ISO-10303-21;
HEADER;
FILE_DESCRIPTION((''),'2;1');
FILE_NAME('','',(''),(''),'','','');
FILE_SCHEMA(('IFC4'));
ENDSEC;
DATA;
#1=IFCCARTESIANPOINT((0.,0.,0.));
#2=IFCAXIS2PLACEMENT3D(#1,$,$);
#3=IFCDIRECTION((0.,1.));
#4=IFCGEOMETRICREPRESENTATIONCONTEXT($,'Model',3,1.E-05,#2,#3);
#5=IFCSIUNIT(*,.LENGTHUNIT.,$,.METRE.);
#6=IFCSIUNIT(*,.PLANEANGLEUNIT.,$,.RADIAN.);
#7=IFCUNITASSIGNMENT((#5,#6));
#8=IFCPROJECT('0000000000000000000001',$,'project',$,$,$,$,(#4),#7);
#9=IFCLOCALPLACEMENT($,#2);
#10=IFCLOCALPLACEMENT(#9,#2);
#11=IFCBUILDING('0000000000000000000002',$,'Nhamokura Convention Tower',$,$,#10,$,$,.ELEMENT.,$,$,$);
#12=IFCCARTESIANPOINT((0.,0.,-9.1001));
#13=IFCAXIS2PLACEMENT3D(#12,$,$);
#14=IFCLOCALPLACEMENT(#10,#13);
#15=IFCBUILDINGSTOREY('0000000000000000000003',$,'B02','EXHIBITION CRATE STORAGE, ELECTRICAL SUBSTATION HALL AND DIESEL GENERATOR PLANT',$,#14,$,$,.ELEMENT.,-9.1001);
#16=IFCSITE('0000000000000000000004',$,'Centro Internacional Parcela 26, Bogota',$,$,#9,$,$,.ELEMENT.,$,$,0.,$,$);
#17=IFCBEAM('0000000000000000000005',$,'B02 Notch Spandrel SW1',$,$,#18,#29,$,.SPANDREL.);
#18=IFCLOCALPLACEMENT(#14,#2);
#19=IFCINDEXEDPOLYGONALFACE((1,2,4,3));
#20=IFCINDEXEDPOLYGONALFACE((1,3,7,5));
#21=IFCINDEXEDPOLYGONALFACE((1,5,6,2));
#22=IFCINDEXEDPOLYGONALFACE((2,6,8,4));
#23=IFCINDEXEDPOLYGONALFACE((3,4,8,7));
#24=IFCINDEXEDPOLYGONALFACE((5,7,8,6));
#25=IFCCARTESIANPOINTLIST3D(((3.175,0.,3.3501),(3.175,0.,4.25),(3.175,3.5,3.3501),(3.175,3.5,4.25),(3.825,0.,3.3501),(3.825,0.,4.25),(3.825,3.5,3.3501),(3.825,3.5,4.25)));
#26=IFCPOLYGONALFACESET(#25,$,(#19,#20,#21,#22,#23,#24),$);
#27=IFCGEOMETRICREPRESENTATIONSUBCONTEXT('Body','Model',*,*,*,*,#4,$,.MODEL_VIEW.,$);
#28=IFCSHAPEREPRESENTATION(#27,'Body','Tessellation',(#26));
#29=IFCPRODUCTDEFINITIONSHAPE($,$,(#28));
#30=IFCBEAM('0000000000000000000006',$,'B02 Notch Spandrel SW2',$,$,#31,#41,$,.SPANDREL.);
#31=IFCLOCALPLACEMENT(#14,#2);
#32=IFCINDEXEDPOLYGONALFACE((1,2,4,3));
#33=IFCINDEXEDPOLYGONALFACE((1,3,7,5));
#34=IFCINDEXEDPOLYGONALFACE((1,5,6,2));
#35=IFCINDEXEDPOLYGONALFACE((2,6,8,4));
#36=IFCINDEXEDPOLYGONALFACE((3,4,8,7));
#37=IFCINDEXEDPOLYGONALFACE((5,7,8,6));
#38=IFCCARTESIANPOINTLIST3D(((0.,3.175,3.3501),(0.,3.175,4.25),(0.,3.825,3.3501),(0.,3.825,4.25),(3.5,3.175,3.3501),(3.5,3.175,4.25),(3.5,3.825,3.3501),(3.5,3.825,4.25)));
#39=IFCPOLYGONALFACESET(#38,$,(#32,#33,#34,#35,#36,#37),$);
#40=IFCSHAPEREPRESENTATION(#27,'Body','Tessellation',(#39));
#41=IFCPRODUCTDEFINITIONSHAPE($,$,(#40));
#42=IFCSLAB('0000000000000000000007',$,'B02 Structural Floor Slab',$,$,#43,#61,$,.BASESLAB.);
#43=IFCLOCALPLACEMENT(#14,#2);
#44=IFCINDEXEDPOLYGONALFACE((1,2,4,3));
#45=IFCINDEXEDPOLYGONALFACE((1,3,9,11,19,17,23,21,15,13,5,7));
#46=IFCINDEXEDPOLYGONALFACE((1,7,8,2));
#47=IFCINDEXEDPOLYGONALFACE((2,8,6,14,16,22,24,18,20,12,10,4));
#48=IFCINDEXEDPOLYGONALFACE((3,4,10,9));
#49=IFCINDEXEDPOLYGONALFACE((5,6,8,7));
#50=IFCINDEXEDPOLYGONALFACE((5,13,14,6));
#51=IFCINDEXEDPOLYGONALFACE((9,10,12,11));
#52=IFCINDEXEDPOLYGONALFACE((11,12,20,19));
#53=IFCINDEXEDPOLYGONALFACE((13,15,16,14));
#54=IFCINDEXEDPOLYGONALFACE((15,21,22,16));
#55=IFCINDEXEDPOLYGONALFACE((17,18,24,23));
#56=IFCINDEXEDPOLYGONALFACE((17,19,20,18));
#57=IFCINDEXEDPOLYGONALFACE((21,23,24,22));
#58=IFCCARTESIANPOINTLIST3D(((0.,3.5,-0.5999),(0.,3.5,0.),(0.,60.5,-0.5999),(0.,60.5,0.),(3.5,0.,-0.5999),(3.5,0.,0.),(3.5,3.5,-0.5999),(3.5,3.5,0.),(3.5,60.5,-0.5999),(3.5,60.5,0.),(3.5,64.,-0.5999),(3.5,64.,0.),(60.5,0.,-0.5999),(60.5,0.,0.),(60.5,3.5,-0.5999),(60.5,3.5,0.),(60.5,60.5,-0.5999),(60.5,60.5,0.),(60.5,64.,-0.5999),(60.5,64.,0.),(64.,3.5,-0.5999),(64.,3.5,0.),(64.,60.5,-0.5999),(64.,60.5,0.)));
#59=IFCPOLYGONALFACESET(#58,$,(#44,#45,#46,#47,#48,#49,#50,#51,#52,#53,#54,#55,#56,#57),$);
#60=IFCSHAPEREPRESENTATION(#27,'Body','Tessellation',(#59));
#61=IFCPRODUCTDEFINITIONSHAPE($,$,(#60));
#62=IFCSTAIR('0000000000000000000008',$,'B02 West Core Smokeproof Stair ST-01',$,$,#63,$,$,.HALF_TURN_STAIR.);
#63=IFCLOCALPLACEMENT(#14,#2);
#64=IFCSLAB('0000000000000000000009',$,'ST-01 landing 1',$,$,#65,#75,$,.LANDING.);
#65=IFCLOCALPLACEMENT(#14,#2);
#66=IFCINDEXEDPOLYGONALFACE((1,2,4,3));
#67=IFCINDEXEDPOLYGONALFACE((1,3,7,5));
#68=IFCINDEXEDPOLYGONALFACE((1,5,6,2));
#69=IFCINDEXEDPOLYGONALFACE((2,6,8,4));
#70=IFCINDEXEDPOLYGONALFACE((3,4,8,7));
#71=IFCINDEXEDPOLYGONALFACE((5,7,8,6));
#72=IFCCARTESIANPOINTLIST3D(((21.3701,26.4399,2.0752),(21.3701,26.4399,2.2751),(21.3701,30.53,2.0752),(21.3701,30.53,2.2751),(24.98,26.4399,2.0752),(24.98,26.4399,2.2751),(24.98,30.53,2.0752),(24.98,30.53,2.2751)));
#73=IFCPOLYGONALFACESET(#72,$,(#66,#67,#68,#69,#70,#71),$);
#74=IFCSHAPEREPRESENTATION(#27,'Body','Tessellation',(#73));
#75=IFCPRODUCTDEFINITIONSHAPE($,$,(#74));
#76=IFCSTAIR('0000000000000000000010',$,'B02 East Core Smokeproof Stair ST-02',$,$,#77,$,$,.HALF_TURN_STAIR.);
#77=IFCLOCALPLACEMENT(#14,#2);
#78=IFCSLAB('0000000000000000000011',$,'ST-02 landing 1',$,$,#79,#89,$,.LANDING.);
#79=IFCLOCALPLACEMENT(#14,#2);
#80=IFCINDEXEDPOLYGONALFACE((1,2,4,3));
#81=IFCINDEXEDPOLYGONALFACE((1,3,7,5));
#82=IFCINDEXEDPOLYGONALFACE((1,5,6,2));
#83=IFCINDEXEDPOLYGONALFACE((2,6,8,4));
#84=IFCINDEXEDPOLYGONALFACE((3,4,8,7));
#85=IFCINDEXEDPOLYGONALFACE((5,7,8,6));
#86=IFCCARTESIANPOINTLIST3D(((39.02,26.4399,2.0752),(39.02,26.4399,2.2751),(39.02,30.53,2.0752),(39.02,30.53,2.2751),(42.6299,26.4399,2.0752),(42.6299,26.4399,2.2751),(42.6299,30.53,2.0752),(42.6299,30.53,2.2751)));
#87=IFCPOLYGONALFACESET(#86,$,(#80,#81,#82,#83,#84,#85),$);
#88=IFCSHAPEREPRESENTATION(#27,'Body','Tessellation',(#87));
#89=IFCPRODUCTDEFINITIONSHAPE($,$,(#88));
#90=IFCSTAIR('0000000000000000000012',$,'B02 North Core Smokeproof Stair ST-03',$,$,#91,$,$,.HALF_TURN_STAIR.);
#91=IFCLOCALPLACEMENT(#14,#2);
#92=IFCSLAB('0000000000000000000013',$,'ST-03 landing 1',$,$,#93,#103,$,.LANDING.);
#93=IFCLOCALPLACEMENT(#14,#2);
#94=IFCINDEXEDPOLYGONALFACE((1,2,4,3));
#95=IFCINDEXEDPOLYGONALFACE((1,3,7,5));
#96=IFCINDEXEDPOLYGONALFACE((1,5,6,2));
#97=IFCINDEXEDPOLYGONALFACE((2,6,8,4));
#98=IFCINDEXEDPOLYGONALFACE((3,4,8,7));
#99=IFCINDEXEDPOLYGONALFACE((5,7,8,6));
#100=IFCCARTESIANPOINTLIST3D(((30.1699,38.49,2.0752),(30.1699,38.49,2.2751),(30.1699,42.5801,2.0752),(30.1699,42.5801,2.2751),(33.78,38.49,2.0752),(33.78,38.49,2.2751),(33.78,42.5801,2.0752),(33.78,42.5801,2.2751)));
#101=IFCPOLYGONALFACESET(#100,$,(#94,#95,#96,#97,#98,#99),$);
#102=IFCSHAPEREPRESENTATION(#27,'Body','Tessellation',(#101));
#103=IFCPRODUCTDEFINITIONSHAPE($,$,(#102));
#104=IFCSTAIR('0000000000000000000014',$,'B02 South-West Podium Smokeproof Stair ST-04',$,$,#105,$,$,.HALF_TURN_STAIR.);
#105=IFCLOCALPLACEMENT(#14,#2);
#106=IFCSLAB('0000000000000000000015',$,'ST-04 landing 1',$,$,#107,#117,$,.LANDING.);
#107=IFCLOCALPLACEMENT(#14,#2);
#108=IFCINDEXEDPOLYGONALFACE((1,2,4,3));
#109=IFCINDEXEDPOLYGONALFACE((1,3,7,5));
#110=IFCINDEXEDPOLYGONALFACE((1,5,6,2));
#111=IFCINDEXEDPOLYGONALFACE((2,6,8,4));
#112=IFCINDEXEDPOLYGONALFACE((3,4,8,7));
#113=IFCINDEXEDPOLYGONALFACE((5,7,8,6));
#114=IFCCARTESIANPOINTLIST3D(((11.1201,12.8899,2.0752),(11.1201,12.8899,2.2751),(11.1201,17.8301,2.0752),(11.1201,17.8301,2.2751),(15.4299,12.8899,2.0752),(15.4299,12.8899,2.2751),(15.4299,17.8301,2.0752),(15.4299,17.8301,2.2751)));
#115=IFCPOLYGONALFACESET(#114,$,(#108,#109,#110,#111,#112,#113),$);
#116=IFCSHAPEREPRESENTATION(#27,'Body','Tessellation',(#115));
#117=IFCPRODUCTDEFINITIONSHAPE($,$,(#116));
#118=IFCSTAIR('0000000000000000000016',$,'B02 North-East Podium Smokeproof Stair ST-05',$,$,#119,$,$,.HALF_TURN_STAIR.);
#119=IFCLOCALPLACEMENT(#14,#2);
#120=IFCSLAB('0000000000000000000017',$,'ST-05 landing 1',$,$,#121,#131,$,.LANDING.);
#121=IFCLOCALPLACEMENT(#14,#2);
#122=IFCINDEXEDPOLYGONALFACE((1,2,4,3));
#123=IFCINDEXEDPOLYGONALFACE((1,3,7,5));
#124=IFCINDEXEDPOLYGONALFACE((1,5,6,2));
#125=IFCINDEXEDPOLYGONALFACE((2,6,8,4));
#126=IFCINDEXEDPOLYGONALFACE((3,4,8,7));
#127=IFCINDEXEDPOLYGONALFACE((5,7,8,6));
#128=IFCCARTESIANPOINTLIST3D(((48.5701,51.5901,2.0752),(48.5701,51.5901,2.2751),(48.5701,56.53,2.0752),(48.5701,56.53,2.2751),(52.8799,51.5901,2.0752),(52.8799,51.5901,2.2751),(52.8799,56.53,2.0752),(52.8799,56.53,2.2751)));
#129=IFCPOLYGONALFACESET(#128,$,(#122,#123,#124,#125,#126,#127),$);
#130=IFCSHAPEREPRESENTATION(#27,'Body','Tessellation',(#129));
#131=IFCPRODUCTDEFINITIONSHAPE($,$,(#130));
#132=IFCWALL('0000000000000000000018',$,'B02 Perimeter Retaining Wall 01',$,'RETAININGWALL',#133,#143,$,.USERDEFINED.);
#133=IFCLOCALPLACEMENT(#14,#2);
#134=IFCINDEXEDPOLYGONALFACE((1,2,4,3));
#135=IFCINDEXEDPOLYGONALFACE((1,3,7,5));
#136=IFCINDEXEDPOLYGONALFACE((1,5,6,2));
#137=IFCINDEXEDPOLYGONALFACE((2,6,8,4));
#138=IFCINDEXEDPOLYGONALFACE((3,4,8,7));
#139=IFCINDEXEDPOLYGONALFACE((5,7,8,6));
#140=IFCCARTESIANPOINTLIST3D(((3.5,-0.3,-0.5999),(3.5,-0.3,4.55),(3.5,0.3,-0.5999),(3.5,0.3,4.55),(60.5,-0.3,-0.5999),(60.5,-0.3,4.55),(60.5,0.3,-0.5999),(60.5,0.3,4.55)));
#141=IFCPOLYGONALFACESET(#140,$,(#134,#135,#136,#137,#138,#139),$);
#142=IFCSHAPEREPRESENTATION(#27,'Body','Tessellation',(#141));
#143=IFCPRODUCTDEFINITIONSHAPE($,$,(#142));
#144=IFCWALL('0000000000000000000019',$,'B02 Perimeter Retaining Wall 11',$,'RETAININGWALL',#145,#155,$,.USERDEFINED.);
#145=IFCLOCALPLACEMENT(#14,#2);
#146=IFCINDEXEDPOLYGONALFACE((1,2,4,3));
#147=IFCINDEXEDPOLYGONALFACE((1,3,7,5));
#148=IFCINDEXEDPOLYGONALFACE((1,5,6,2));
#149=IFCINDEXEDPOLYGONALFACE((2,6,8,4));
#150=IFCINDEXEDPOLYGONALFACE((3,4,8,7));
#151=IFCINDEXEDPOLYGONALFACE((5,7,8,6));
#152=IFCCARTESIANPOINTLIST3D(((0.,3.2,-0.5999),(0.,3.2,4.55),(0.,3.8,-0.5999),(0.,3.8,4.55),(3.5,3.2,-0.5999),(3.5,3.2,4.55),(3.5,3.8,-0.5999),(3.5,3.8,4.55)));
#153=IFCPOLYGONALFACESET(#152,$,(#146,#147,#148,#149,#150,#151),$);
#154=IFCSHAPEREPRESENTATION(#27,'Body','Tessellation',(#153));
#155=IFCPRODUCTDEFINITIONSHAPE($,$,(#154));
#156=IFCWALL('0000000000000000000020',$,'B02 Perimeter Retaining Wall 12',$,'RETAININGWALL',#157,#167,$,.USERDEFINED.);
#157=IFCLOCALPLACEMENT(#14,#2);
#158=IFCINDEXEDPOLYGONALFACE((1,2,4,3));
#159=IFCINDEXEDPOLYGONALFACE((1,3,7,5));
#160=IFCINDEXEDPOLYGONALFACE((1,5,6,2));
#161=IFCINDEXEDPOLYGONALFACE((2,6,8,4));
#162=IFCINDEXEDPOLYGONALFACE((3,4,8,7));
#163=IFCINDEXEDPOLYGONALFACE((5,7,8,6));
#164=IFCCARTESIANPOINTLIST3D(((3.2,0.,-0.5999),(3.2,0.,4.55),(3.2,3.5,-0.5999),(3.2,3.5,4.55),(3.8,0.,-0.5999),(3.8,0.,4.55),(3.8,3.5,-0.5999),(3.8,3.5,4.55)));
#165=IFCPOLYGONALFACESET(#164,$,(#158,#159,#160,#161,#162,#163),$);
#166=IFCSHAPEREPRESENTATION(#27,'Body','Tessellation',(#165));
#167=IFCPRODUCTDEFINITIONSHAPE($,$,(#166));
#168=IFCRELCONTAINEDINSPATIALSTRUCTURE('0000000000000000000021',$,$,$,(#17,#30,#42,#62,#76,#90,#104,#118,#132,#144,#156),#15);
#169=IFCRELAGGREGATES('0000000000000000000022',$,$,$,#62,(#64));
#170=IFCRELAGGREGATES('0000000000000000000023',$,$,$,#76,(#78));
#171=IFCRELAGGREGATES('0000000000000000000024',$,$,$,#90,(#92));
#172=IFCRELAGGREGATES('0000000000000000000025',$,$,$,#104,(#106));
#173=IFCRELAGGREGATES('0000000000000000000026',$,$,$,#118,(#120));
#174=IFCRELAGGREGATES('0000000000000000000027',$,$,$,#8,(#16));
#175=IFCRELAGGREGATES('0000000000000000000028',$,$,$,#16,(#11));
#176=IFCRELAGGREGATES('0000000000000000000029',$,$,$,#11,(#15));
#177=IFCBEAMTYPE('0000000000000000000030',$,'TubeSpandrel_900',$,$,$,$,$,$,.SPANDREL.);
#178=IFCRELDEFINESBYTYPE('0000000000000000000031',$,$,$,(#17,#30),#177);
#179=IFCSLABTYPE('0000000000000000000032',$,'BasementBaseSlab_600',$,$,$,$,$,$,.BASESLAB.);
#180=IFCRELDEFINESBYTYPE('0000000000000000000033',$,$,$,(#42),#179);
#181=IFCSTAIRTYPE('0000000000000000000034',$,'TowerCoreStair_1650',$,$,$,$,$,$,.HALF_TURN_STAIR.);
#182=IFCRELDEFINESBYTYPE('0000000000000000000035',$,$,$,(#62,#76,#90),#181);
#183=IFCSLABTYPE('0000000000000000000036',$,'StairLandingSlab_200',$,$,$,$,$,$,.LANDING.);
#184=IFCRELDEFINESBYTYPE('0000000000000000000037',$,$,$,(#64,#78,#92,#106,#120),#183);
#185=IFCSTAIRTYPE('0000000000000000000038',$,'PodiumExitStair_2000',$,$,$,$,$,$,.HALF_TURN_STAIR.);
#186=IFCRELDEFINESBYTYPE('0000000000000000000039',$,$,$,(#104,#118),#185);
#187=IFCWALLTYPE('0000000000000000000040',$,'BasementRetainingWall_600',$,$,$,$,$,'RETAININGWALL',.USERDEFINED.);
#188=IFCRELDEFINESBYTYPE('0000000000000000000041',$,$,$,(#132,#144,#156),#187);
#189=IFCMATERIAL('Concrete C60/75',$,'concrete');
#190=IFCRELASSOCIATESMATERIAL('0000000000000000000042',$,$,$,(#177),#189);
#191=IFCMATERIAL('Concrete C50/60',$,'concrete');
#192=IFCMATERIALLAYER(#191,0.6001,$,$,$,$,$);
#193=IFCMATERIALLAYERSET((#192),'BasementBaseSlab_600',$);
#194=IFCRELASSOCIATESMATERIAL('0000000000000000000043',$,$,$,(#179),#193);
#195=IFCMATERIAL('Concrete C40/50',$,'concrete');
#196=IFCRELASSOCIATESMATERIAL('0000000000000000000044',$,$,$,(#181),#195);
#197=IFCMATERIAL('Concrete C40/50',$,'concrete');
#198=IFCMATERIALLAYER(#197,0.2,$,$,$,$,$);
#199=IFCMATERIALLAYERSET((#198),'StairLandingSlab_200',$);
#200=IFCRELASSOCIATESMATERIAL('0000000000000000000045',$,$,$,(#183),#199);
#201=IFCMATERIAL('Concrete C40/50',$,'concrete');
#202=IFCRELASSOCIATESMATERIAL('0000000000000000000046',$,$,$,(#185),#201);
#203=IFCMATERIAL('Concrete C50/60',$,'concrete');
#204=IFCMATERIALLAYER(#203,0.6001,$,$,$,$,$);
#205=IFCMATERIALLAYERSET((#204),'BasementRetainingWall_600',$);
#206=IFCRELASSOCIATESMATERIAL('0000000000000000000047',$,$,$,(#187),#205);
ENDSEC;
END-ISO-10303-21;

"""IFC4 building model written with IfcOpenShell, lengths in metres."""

from ifc_helpers import new_model, si_unit, direction, frame, frame_2d, origin, origin_2d, place, context, subcontext, project, spatial, polyline, rectangle, outline, extrude, material, layer, layer_set, material_profile, profile_set, type_object, element, aggregate, save


model = new_model("IFC4")

# Units and contexts
model_context = context("Model", 3, precision=1e-05, world=origin(), true_north=direction((0.0, 1.0)))
body_context = subcontext(model_context, "Body", "Model", "MODEL_VIEW")
ifc_project = project(units=[si_unit("LENGTHUNIT", "METRE"), si_unit("PLANEANGLEUNIT", "RADIAN")], contexts=[model_context])

# Site, building, storey
site_placement = place(None, origin())
site = spatial("IfcSite", under=ifc_project, at=site_placement, Name="Centro Internacional Parcela 26, Bogota", CompositionType="ELEMENT", RefElevation=0.0)
building_placement = place(site_placement, origin())
building = spatial("IfcBuilding", under=site, at=building_placement, Name="Nhamokura Convention Tower", CompositionType="ELEMENT")
storey_placement = place(building_placement, frame((0.0, 0.0, -9.1001)))
storey = spatial("IfcBuildingStorey", under=building, at=storey_placement, Name="B02", Description="EXHIBITION CRATE STORAGE, ELECTRICAL SUBSTATION HALL AND DIESEL GENERATOR PLANT", CompositionType="ELEMENT", Elevation=-9.1001)

# Beams
ifc_material_1 = material(Name="Concrete C60/75", Category="concrete")
ifc_material_profile_1 = material_profile(ifc_material_1, rectangle(XDim=0.6499, YDim=0.8999, at=origin_2d()))
ifc_profile_set_1 = profile_set([ifc_material_profile_1], Name="Concrete C60/75")
beam_type = type_object("IfcBeamType", Name="TubeSpandrel_900", PredefinedType="SPANDREL", material=ifc_profile_set_1)
for number, where, z_axis, x_axis, name in (
    (1, (3.5, 0.0, 3.8), (0.0, 1.0, 0.0), (-1.0, 0.0, 0.0), "B02 Notch Spandrel SW1"),
    (2, (3.5, 3.5, 3.8), (-1.0, 0.0, 0.0), (0.0, -1.0, 0.0), "B02 Notch Spandrel SW2"),
):
    element("IfcBeam", number, at=place(storey_placement, frame(where, z_axis=z_axis, x_axis=x_axis)), inside=storey, type_object=beam_type, Name=name, PredefinedType="SPANDREL", context=body_context, shape_type="SweptSolid", body=[
        extrude(rectangle(XDim=0.6499, YDim=0.8999, at=origin_2d()), origin(), (0.0, 0.0, 1.0), 3.5),
    ])

# Slab
ifc_material_2 = material(Name="Concrete C50/60", Category="concrete")
ifc_layer_1 = layer(ifc_material_2, 0.6001)
ifc_layer_set_1 = layer_set([ifc_layer_1], Name="BasementBaseSlab_600")
slab_type_1 = type_object("IfcSlabType", Name="BasementBaseSlab_600", PredefinedType="BASESLAB", material=ifc_layer_set_1)
slab_1_placement = place(storey_placement, frame((0.0, 0.0, -0.5999)))
element("IfcSlab", 3, at=slab_1_placement, inside=storey, type_object=slab_type_1, Name="B02 Structural Floor Slab", PredefinedType="BASESLAB", context=body_context, shape_type="SweptSolid", body=[
    extrude(outline(polyline([(3.5, 0.0), (60.5, 0.0), (60.5, 3.5), (64.0, 3.5), (64.0, 60.5), (60.5, 60.5), (60.5, 64.0), (3.5, 64.0), (3.5, 60.5), (0.0, 60.5), (0.0, 3.5), (3.5, 3.5), (3.5, 0.0)])), origin(), (0.0, 0.0, 1.0), 0.5999),
])

# Stairs, slabs
ifc_material_3 = material(Name="Concrete C40/50", Category="concrete")
stair_type_1 = type_object("IfcStairType", Name="TowerCoreStair_1650", PredefinedType="HALF_TURN_STAIR", material=ifc_material_3)
stair_1_placement = place(storey_placement, origin())
stair_1 = element("IfcStair", 4, at=stair_1_placement, inside=storey, type_object=stair_type_1, Name="B02 West Core Smokeproof Stair ST-01", PredefinedType="HALF_TURN_STAIR")
ifc_material_4 = material(Name="Concrete C40/50", Category="concrete")
ifc_layer_2 = layer(ifc_material_4, 0.2)
ifc_layer_set_2 = layer_set([ifc_layer_2], Name="StairLandingSlab_200")
slab_type_2 = type_object("IfcSlabType", Name="StairLandingSlab_200", PredefinedType="LANDING", material=ifc_layer_set_2)
slab_2_placement = place(storey_placement, frame((0.0, 0.0, 2.0752)))
slab_2 = element("IfcSlab", 5, at=slab_2_placement, type_object=slab_type_2, Name="ST-01 landing 1", PredefinedType="LANDING", context=body_context, shape_type="SweptSolid", body=[
    extrude(outline(polyline([(24.98, 26.4399), (24.98, 30.53), (21.3701, 30.53), (21.3701, 26.4399), (24.98, 26.4399)])), origin(), (0.0, 0.0, 1.0), 0.2),
])
aggregate(stair_1, [slab_2])
stair_2_placement = place(storey_placement, origin())
stair_2 = element("IfcStair", 6, at=stair_2_placement, inside=storey, type_object=stair_type_1, Name="B02 East Core Smokeproof Stair ST-02", PredefinedType="HALF_TURN_STAIR")
slab_3_placement = place(storey_placement, frame((0.0, 0.0, 2.0752)))
slab_3 = element("IfcSlab", 7, at=slab_3_placement, type_object=slab_type_2, Name="ST-02 landing 1", PredefinedType="LANDING", context=body_context, shape_type="SweptSolid", body=[
    extrude(outline(polyline([(42.6299, 26.4399), (42.6299, 30.53), (39.02, 30.53), (39.02, 26.4399), (42.6299, 26.4399)])), origin(), (0.0, 0.0, 1.0), 0.2),
])
aggregate(stair_2, [slab_3])
stair_3_placement = place(storey_placement, origin())
stair_3 = element("IfcStair", 8, at=stair_3_placement, inside=storey, type_object=stair_type_1, Name="B02 North Core Smokeproof Stair ST-03", PredefinedType="HALF_TURN_STAIR")
slab_4_placement = place(storey_placement, frame((0.0, 0.0, 2.0752)))
slab_4 = element("IfcSlab", 9, at=slab_4_placement, type_object=slab_type_2, Name="ST-03 landing 1", PredefinedType="LANDING", context=body_context, shape_type="SweptSolid", body=[
    extrude(outline(polyline([(33.78, 38.49), (33.78, 42.5801), (30.1699, 42.5801), (30.1699, 38.49), (33.78, 38.49)])), origin(), (0.0, 0.0, 1.0), 0.2),
])
aggregate(stair_3, [slab_4])
ifc_material_5 = material(Name="Concrete C40/50", Category="concrete")
stair_type_2 = type_object("IfcStairType", Name="PodiumExitStair_2000", PredefinedType="HALF_TURN_STAIR", material=ifc_material_5)
stair_4_placement = place(storey_placement, origin())
stair_4 = element("IfcStair", 10, at=stair_4_placement, inside=storey, type_object=stair_type_2, Name="B02 South-West Podium Smokeproof Stair ST-04", PredefinedType="HALF_TURN_STAIR")
slab_5_placement = place(storey_placement, frame((0.0, 0.0, 2.0752)))
slab_5 = element("IfcSlab", 11, at=slab_5_placement, type_object=slab_type_2, Name="ST-04 landing 1", PredefinedType="LANDING", context=body_context, shape_type="SweptSolid", body=[
    extrude(outline(polyline([(15.4299, 12.8899), (15.4299, 17.8301), (11.1201, 17.8301), (11.1201, 12.8899), (15.4299, 12.8899)])), origin(), (0.0, 0.0, 1.0), 0.2),
])
aggregate(stair_4, [slab_5])
stair_5_placement = place(storey_placement, origin())
stair_5 = element("IfcStair", 12, at=stair_5_placement, inside=storey, type_object=stair_type_2, Name="B02 North-East Podium Smokeproof Stair ST-05", PredefinedType="HALF_TURN_STAIR")
slab_6_placement = place(storey_placement, frame((0.0, 0.0, 2.0752)))
slab_6 = element("IfcSlab", 13, at=slab_6_placement, type_object=slab_type_2, Name="ST-05 landing 1", PredefinedType="LANDING", context=body_context, shape_type="SweptSolid", body=[
    extrude(outline(polyline([(52.8799, 51.5901), (52.8799, 56.53), (48.5701, 56.53), (48.5701, 51.5901), (52.8799, 51.5901)])), origin(), (0.0, 0.0, 1.0), 0.2),
])
aggregate(stair_5, [slab_6])

# Walls
ifc_material_6 = material(Name="Concrete C50/60", Category="concrete")
ifc_layer_3 = layer(ifc_material_6, 0.6001)
ifc_layer_set_3 = layer_set([ifc_layer_3], Name="BasementRetainingWall_600")
wall_type = type_object("IfcWallType", Name="BasementRetainingWall_600", ElementType="RETAININGWALL", PredefinedType="USERDEFINED", material=ifc_layer_set_3)
wall_placement = place(storey_placement, frame((3.5, 0.0, -0.5999), z_axis=(0.0, 0.0, 1.0), x_axis=(1.0, 0.0, 0.0)))
element("IfcWall", 14, at=wall_placement, inside=storey, type_object=wall_type, Name="B02 Perimeter Retaining Wall 01", ObjectType="RETAININGWALL", PredefinedType="USERDEFINED", context=body_context, shape_type="SweptSolid", body=[
    extrude(rectangle(XDim=57.0, YDim=0.6001, at=frame_2d((28.5, 0.0))), origin(), (0.0, 0.0, 1.0), 5.1499),
])
for number, where, z_axis, x_axis, name in (
    (15, (0.0, 3.5, -0.5999), (0.0, 0.0, 1.0), (1.0, 0.0, 0.0), "B02 Perimeter Retaining Wall 11"),
    (16, (3.5, 3.5, -0.5999), (0.0, 0.0, 1.0), (0.0, -1.0, 0.0), "B02 Perimeter Retaining Wall 12"),
):
    element("IfcWall", number, at=place(storey_placement, frame(where, z_axis=z_axis, x_axis=x_axis)), inside=storey, type_object=wall_type, Name=name, ObjectType="RETAININGWALL", PredefinedType="USERDEFINED", context=body_context, shape_type="SweptSolid", body=[
        extrude(rectangle(XDim=3.5, YDim=0.6001, at=frame_2d((1.75, 0.0))), origin(), (0.0, 0.0, 1.0), 5.1499),
    ])

save(model, "model.ifc")
